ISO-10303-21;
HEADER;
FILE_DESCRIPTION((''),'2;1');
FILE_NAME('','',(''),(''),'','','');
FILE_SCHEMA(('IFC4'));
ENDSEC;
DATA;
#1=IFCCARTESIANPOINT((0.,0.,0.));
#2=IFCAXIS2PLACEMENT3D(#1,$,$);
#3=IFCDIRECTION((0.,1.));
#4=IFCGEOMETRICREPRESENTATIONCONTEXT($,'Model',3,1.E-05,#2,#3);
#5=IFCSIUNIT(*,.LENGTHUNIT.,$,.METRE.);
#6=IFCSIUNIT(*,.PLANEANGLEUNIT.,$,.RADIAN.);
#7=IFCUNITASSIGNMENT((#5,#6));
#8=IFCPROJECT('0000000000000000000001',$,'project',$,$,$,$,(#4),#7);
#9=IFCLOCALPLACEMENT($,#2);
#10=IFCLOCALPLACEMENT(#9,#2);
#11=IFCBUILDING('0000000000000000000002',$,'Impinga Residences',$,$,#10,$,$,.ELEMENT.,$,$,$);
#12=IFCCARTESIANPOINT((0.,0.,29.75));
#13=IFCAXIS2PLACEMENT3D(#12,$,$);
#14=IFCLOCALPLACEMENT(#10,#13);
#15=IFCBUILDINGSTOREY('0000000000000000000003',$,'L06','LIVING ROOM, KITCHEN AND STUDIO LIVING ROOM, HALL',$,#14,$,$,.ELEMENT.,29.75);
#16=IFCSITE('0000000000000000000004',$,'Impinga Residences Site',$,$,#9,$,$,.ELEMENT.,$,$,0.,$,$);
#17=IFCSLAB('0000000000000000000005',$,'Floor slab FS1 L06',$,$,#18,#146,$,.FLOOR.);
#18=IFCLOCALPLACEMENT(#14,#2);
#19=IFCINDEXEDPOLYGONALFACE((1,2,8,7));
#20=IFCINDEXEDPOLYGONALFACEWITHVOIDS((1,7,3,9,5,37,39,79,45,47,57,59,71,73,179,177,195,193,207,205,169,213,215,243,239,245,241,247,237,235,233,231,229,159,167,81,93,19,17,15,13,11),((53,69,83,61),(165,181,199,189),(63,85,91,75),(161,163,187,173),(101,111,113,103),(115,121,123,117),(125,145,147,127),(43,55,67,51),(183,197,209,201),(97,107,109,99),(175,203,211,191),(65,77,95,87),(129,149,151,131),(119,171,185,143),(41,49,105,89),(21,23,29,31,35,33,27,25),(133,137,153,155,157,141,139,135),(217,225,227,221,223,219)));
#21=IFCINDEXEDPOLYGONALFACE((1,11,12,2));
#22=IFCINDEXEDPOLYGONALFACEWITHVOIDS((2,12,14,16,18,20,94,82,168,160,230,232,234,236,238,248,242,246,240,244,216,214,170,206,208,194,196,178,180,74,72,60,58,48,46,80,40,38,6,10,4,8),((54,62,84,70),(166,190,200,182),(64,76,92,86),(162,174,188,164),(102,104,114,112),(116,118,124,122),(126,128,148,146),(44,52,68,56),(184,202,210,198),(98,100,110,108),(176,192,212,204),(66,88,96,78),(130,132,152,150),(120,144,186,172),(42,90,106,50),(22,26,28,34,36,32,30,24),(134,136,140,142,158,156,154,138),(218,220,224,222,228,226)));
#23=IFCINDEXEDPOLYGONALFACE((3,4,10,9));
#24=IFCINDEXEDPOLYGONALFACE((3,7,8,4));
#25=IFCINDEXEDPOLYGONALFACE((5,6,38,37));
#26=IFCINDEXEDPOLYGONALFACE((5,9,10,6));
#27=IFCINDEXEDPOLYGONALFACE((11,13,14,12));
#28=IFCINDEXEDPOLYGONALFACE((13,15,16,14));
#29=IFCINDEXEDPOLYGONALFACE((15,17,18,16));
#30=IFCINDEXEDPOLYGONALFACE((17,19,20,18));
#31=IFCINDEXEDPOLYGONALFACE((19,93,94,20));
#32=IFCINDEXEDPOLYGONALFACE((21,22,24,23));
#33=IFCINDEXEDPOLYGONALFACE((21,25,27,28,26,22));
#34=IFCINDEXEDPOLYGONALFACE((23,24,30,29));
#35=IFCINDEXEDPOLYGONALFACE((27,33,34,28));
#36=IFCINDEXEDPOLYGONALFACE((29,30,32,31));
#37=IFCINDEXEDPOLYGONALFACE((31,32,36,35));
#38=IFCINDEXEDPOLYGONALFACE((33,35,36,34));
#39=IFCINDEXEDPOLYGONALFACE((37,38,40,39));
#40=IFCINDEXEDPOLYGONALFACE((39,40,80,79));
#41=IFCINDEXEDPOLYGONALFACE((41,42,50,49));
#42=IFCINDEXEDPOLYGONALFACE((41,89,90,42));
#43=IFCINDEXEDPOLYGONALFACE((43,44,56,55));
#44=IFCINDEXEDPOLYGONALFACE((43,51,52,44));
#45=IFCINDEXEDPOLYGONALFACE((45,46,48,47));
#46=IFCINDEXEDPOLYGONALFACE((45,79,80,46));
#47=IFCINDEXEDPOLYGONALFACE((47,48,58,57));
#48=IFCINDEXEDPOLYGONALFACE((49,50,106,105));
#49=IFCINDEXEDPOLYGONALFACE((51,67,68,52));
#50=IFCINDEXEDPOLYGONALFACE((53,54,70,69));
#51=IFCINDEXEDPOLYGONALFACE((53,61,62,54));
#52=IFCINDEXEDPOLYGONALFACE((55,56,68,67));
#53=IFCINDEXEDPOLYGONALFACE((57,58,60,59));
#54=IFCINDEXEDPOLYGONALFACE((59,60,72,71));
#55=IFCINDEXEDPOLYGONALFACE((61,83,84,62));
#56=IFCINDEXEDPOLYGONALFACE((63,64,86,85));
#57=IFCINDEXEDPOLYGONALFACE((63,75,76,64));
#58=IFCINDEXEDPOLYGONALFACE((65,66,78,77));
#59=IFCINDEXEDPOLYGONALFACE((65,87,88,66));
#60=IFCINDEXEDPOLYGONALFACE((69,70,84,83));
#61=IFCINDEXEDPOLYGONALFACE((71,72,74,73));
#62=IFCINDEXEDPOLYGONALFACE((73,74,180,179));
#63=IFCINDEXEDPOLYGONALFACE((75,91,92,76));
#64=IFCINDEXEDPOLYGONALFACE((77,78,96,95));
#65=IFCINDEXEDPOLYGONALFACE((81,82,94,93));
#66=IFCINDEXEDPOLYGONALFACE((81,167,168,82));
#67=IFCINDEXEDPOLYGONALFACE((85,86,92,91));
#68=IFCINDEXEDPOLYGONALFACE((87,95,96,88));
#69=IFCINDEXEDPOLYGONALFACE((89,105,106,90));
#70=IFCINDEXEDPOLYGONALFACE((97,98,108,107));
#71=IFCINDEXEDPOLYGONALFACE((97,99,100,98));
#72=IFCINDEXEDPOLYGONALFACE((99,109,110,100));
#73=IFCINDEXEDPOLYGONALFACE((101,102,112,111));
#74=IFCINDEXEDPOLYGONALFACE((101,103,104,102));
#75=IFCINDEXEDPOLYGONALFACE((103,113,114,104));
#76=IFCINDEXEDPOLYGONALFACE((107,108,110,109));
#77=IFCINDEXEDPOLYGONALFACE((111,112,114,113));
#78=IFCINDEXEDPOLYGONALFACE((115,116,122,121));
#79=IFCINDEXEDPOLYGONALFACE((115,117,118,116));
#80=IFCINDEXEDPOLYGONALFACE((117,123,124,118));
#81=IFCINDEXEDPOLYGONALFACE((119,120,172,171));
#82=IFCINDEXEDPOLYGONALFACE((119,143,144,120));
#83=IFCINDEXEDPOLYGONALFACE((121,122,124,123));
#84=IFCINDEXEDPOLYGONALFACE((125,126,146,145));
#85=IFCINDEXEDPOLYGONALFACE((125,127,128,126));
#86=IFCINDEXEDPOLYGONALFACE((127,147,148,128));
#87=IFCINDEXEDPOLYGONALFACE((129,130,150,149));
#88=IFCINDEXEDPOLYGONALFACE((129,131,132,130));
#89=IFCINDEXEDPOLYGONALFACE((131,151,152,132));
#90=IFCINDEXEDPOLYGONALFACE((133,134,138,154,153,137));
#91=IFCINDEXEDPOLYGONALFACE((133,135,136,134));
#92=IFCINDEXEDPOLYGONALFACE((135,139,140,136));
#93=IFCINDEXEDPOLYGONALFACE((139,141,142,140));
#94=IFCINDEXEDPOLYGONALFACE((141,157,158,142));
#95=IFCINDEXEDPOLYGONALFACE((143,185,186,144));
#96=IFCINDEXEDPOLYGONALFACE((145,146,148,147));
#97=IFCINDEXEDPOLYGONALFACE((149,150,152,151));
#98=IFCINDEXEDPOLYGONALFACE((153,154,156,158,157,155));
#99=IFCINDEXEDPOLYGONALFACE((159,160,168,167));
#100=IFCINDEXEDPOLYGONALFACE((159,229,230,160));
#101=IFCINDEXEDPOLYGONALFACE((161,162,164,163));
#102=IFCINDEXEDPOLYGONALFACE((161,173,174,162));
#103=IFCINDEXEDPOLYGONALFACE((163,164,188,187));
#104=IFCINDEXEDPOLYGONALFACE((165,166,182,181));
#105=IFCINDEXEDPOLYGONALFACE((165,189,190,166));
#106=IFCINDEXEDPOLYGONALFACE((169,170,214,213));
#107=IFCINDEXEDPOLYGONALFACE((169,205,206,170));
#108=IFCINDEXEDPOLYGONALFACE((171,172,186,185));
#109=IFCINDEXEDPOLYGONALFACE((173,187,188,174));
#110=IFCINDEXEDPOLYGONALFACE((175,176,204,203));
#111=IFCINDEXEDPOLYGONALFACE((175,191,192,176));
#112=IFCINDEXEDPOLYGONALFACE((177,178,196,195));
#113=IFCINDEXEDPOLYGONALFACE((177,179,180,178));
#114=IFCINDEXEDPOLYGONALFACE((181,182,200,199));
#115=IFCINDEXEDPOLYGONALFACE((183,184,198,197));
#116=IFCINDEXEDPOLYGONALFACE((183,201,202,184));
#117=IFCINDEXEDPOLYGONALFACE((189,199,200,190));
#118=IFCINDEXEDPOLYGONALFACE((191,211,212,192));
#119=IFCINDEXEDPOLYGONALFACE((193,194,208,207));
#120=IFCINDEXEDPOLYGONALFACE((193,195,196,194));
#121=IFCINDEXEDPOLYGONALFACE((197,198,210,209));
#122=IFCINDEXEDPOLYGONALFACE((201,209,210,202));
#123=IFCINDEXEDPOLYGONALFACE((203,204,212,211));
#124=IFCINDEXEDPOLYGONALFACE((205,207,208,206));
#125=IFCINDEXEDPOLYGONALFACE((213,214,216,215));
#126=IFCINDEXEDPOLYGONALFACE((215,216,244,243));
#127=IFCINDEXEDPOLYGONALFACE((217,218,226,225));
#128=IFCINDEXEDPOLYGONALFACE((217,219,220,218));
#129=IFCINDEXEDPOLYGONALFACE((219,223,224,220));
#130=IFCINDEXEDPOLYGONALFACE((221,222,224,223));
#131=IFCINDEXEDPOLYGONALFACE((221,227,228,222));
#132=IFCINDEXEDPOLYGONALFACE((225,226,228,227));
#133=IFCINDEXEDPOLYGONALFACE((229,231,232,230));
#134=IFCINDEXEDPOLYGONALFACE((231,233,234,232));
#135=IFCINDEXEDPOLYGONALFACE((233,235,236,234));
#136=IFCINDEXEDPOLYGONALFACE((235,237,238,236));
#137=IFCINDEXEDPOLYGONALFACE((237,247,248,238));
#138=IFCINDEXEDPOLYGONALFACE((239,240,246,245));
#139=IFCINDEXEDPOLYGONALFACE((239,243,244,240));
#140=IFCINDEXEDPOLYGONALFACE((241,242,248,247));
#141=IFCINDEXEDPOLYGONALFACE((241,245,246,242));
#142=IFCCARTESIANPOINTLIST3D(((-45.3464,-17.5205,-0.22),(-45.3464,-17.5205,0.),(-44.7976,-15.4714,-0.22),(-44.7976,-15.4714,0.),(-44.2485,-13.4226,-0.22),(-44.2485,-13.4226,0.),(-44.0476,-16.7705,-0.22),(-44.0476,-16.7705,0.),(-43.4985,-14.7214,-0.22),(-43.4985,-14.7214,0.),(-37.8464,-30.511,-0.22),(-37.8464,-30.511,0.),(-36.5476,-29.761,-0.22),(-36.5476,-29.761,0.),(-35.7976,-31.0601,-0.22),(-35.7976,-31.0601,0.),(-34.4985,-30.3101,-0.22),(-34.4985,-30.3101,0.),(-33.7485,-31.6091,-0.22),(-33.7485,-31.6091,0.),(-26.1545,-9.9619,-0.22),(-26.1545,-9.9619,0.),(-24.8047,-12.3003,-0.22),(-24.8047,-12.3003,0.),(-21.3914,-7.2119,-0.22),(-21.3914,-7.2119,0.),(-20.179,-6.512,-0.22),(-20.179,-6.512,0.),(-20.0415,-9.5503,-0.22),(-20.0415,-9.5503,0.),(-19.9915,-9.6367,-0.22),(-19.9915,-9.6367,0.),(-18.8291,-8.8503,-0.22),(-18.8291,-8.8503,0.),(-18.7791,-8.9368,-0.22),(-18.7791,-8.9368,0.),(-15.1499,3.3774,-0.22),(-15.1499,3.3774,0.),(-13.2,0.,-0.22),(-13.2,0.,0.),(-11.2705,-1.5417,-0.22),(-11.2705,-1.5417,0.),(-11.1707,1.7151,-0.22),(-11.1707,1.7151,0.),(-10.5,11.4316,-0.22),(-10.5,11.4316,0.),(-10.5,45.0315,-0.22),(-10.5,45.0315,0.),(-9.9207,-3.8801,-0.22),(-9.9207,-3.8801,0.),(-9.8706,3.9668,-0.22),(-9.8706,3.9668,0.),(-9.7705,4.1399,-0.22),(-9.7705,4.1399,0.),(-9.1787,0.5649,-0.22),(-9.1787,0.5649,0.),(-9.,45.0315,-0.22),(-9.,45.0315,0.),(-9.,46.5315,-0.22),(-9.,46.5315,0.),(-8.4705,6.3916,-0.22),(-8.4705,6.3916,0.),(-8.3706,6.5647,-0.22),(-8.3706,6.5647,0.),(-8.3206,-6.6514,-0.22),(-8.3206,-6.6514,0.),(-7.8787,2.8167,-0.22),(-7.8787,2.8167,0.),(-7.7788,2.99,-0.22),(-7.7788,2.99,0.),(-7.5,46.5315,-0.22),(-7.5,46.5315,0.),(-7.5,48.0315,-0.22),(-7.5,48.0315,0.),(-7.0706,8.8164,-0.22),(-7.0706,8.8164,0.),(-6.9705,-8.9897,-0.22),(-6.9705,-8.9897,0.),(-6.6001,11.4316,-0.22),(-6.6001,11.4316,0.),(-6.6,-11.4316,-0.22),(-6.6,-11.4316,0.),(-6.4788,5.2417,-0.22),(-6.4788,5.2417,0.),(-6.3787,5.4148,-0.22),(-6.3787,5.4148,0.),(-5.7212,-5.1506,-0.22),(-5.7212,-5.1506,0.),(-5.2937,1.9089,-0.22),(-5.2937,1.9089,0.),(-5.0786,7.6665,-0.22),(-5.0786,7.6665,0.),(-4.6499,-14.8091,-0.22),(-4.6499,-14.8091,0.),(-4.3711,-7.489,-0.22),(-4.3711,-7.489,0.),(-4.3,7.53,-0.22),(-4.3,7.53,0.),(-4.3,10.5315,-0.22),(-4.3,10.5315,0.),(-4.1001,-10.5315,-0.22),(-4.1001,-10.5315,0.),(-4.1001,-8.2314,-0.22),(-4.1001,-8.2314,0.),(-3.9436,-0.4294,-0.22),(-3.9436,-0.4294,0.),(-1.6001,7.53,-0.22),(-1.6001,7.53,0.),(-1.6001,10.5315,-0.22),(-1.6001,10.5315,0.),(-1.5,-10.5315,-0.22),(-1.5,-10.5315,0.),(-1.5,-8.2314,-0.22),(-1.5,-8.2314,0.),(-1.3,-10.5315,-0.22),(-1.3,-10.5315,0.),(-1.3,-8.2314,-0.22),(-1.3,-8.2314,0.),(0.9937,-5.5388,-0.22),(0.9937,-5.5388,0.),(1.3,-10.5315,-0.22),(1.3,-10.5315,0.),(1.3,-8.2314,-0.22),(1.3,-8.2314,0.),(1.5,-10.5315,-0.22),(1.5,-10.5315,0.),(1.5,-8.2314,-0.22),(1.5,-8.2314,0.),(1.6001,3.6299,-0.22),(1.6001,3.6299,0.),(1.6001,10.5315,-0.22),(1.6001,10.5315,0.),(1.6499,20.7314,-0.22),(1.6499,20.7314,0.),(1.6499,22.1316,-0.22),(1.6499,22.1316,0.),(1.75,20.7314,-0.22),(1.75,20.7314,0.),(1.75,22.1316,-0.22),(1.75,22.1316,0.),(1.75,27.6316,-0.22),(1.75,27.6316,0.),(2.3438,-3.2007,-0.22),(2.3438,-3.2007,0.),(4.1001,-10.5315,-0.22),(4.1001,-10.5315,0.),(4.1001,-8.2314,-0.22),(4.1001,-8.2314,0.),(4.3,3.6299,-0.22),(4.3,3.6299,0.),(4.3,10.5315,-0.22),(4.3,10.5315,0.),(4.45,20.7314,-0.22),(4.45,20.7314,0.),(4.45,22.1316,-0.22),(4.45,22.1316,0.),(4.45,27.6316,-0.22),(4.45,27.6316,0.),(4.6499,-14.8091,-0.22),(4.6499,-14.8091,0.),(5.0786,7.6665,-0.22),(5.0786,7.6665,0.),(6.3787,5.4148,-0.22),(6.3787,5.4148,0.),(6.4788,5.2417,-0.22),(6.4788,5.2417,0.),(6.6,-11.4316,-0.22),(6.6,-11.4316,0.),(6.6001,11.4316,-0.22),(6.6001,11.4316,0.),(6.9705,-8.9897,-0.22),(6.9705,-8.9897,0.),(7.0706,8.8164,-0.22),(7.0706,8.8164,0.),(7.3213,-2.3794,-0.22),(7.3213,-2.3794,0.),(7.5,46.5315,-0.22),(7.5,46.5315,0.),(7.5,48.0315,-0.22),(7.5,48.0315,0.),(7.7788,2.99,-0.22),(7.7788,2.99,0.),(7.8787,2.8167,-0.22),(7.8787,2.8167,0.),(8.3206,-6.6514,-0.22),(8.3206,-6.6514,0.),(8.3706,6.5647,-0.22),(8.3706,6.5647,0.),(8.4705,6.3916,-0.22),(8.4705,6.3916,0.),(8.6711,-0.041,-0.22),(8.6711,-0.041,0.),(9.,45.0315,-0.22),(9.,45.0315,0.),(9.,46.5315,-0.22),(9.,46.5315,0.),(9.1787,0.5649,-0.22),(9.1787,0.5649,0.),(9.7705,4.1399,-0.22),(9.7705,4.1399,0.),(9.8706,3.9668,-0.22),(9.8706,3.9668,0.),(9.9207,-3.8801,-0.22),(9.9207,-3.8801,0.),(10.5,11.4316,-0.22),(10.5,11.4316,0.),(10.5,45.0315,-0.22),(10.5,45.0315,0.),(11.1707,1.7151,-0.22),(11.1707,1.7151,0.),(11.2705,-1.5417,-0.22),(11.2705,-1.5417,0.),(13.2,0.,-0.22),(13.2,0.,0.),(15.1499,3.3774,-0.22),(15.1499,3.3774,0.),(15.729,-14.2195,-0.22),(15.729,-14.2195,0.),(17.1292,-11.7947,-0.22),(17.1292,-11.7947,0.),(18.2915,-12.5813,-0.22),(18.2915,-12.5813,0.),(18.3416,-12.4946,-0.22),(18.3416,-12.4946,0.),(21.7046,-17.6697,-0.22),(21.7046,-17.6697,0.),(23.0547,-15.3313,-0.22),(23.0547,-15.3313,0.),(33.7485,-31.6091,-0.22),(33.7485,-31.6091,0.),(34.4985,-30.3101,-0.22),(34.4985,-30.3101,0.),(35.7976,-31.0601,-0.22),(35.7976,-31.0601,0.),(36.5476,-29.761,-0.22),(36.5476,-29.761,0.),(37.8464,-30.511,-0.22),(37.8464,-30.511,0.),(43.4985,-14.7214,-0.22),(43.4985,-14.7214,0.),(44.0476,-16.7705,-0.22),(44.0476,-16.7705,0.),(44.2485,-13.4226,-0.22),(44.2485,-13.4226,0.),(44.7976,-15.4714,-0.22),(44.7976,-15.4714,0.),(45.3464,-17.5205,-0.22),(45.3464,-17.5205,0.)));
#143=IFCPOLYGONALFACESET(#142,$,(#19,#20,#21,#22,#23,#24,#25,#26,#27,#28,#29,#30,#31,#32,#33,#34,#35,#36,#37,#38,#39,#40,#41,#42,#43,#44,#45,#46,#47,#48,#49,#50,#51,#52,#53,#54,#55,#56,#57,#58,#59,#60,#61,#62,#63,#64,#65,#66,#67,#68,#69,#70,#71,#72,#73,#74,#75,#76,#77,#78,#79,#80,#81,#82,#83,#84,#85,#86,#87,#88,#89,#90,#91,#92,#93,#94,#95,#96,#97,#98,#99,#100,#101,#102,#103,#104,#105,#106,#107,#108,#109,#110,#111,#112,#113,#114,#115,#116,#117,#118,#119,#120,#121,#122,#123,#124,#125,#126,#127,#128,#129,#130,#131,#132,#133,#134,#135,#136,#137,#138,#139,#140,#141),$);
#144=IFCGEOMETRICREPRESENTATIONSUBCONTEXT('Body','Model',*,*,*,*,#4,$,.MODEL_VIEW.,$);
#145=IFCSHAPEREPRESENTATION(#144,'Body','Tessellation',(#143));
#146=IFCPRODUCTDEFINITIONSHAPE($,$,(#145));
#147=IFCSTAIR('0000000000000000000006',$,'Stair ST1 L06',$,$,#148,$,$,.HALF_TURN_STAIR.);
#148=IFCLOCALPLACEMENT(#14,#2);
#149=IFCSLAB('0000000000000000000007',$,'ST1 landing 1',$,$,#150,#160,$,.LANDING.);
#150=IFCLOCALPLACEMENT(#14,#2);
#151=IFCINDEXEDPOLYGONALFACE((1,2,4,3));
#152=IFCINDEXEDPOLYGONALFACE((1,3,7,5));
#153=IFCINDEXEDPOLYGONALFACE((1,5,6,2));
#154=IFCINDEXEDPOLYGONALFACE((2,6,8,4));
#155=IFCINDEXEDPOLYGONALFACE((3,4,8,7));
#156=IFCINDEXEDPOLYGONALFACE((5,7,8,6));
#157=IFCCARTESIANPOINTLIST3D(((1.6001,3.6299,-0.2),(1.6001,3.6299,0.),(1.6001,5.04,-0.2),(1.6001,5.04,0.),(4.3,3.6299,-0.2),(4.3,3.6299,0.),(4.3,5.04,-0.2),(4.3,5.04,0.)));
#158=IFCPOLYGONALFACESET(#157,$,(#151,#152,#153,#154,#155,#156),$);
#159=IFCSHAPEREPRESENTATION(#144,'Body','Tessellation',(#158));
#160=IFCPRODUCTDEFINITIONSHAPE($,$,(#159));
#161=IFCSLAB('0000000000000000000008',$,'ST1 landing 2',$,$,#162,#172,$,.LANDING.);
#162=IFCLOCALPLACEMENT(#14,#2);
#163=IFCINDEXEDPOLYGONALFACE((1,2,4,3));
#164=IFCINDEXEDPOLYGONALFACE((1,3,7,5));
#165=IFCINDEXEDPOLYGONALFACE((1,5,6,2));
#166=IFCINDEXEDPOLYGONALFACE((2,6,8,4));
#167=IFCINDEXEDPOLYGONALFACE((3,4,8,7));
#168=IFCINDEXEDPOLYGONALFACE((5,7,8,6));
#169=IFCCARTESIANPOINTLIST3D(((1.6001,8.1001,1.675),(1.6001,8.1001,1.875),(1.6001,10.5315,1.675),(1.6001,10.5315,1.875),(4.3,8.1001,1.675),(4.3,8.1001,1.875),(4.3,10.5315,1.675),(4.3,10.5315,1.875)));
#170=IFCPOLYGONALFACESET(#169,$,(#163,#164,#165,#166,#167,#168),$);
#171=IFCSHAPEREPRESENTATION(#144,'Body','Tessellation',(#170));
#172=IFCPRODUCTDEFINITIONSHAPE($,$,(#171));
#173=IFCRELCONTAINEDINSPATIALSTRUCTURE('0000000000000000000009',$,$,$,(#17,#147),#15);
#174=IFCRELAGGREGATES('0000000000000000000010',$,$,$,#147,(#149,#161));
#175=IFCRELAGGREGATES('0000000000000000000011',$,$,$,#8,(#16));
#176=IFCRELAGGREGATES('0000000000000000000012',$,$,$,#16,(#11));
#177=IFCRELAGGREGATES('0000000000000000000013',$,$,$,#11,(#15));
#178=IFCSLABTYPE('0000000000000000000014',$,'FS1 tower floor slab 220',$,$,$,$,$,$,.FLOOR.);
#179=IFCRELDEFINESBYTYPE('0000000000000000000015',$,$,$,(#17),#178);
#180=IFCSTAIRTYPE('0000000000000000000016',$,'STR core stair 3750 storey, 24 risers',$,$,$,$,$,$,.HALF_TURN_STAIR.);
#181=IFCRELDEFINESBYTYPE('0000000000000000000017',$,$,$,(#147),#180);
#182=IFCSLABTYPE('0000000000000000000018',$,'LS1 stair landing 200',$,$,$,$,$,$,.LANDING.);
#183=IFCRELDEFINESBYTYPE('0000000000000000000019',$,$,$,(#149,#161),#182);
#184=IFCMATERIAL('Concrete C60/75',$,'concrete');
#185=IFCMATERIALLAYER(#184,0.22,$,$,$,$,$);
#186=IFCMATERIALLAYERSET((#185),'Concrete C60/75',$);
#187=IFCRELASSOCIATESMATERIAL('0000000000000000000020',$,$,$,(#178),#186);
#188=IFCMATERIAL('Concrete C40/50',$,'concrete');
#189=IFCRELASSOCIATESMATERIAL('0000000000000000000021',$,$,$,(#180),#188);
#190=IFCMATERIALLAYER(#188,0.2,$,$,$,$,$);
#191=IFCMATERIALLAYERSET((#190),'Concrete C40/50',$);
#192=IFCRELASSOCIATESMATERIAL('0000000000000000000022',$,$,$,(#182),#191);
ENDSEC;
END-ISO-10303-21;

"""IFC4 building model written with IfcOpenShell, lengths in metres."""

from ifc_helpers import new_model, si_unit, direction, frame, origin, place, context, subcontext, project, spatial, polyline, outline, extrude, material, layer, layer_set, type_object, element, aggregate, save


model = new_model("IFC4")

# Units and contexts
model_context = context("Model", 3, precision=1e-05, world=origin(), true_north=direction((0.0, 1.0)))
body_context = subcontext(model_context, "Body", "Model", "MODEL_VIEW")
ifc_project = project(units=[si_unit("LENGTHUNIT", "METRE"), si_unit("PLANEANGLEUNIT", "RADIAN")], contexts=[model_context])

# Site, building, storey
site_placement = place(None, origin())
site = spatial("IfcSite", under=ifc_project, at=site_placement, Name="Impinga Residences Site", CompositionType="ELEMENT", RefElevation=0.0)
building_placement = place(site_placement, origin())
building = spatial("IfcBuilding", under=site, at=building_placement, Name="Impinga Residences", CompositionType="ELEMENT")
storey_placement = place(building_placement, frame((0.0, 0.0, 29.75)))
storey = spatial("IfcBuildingStorey", under=building, at=storey_placement, Name="L06", Description="LIVING ROOM, KITCHEN AND STUDIO LIVING ROOM, HALL", CompositionType="ELEMENT", Elevation=29.75)

# Slab
ifc_material_1 = material(Name="Concrete C60/75", Category="concrete")
ifc_layer_1 = layer(ifc_material_1, 0.22)
ifc_layer_set_1 = layer_set([ifc_layer_1], Name="Concrete C60/75")
slab_type_1 = type_object("IfcSlabType", Name="FS1 tower floor slab 220", PredefinedType="FLOOR", material=ifc_layer_set_1)
slab_1_placement = place(storey_placement, frame((0.0, 0.0, -0.22)))
element("IfcSlab", 1, at=slab_1_placement, inside=storey, type_object=slab_type_1, Name="Floor slab FS1 L06", PredefinedType="FLOOR", context=body_context, shape_type="SweptSolid", body=[
    extrude(outline(polyline([(-34.4985, -30.3101), (-35.7976, -31.0601), (-36.5476, -29.761), (-37.8464, -30.511), (-45.3464, -17.5205), (-44.0476, -16.7705), (-44.7976, -15.4714), (-43.4985, -14.7214), (-44.2485, -13.4226), (-15.1499, 3.3774), (-13.2, 0.0), (-6.6001, 11.4316), (-10.5, 11.4316), (-10.5, 45.0315), (-9.0, 45.0315), (-9.0, 46.5315), (-7.5, 46.5315), (-7.5, 48.0315), (7.5, 48.0315), (7.5, 46.5315), (9.0, 46.5315), (9.0, 45.0315), (10.5, 45.0315), (10.5, 11.4316), (6.6001, 11.4316), (13.2, 0.0), (15.1499, 3.3774), (44.2485, -13.4226), (43.4985, -14.7214), (44.7976, -15.4714), (44.0476, -16.7705), (45.3464, -17.5205), (37.8464, -30.511), (36.5476, -29.761), (35.7976, -31.0601), (34.4985, -30.3101), (33.7485, -31.6091), (4.6499, -14.8091), (9.9001, -5.7158), (6.6001, -11.4316), (-6.6001, -11.4316), (-9.9001, -5.7158), (-4.6499, -14.8091), (-33.7485, -31.6091), (-34.4985, -30.3101)]), holes=[polyline([(-21.3914, -7.2119), (-26.1545, -9.9619), (-24.8047, -12.3003), (-20.0415, -9.5503), (-19.9915, -9.6367), (-18.7791, -8.9368), (-18.8291, -8.8503), (-18.8291, -8.8503), (-20.179, -6.512), (-21.3914, -7.2119), (-21.3914, -7.2119)]), polyline([(-1.5, -8.2314), (-4.1001, -8.2314), (-4.1001, -10.5315), (-1.5, -10.5315), (-1.5, -8.2314)]), polyline([(1.3, -8.2314), (-1.3, -8.2314), (-1.3, -10.5315), (1.3, -10.5315), (1.3, -8.2314)]), polyline([(1.5, -8.2314), (1.5, -10.5315), (4.1001, -10.5315), (4.1001, -8.2314), (1.5, -8.2314)]), polyline([(-5.7212, -5.1506), (-8.3206, -6.6514), (-6.9705, -8.9897), (-4.3711, -7.489), (-5.7212, -5.1506)]), polyline([(-3.9436, -0.4294), (-5.2937, 1.9089), (-11.2705, -1.5417), (-9.9207, -3.8801), (-3.9436, -0.4294)]), polyline([(-9.1787, 0.5649), (-7.8787, 2.8167), (-9.8706, 3.9668), (-11.1707, 1.7151), (-9.1787, 0.5649)]), polyline([(-6.4788, 5.2417), (-8.4705, 6.3916), (-9.7705, 4.1399), (-7.7788, 2.99), (-6.4788, 5.2417)]), polyline([(-6.3787, 5.4148), (-5.0786, 7.6665), (-7.0706, 8.8164), (-8.3706, 6.5647), (-6.3787, 5.4148)]), polyline([(-4.3, 7.53), (-1.6001, 7.53), (-1.6001, 10.5315), (-4.3, 10.5315), (-4.3, 7.53)]), polyline([(15.729, -14.2195), (21.7046, -17.6697), (23.0547, -15.3313), (18.2915, -12.5813), (18.3416, -12.4946), (17.1292, -11.7947), (15.729, -14.2195)]), polyline([(0.9937, -5.5388), (6.9705, -8.9897), (8.3206, -6.6514), (2.3438, -3.2007), (0.9937, -5.5388)]), polyline([(8.6711, -0.041), (7.3213, -2.3794), (9.9207, -3.8801), (11.2705, -1.5417), (8.6711, -0.041)]), polyline([(7.8787, 2.8167), (9.1787, 0.5649), (11.1707, 1.7151), (9.8706, 3.9668), (7.8787, 2.8167)]), polyline([(7.7788, 2.99), (9.7705, 4.1399), (8.4705, 6.3916), (6.4788, 5.2417), (7.7788, 2.99)]), polyline([(1.6001, 3.6299), (4.3, 3.6299), (4.3, 10.5315), (1.6001, 10.5315), (1.6001, 3.6299)]), polyline([(5.0786, 7.6665), (6.3787, 5.4148), (8.3706, 6.5647), (7.0706, 8.8164), (5.0786, 7.6665)]), polyline([(1.75, 22.1316), (1.6499, 22.1316), (1.6499, 20.7314), (1.75, 20.7314), (4.45, 20.7314), (4.45, 22.1316), (4.45, 27.6316), (1.75, 27.6316), (1.75, 22.1316)])]), origin(), (0.0, 0.0, 1.0), 0.22),
])

# Stair, slabs
ifc_material_2 = material(Name="Concrete C40/50", Category="concrete")
stair_type = type_object("IfcStairType", Name="STR core stair 3750 storey, 24 risers", PredefinedType="HALF_TURN_STAIR", material=ifc_material_2)
stair_1_placement = place(storey_placement, origin())
stair_1 = element("IfcStair", 2, at=stair_1_placement, inside=storey, type_object=stair_type, Name="Stair ST1 L06", PredefinedType="HALF_TURN_STAIR")
ifc_layer_2 = layer(ifc_material_2, 0.2)
ifc_layer_set_2 = layer_set([ifc_layer_2], Name="Concrete C40/50")
slab_type_2 = type_object("IfcSlabType", Name="LS1 stair landing 200", PredefinedType="LANDING", material=ifc_layer_set_2)
slab_2_placement = place(storey_placement, frame((0.0, 0.0, -0.2)))
slab_2 = element("IfcSlab", 3, at=slab_2_placement, type_object=slab_type_2, Name="ST1 landing 1", PredefinedType="LANDING", context=body_context, shape_type="SweptSolid", body=[
    extrude(outline(polyline([(1.6001, 3.6299), (4.3, 3.6299), (4.3, 5.04), (1.6001, 5.04), (1.6001, 3.6299)])), origin(), (0.0, 0.0, 1.0), 0.2),
])
slab_3_placement = place(storey_placement, frame((0.0, 0.0, 1.675)))
slab_3 = element("IfcSlab", 4, at=slab_3_placement, type_object=slab_type_2, Name="ST1 landing 2", PredefinedType="LANDING", context=body_context, shape_type="SweptSolid", body=[
    extrude(outline(polyline([(1.6001, 8.1001), (4.3, 8.1001), (4.3, 10.5315), (1.6001, 10.5315), (1.6001, 8.1001)])), origin(), (0.0, 0.0, 1.0), 0.2),
])
aggregate(stair_1, [slab_2, slab_3])

save(model, "model.ifc")
